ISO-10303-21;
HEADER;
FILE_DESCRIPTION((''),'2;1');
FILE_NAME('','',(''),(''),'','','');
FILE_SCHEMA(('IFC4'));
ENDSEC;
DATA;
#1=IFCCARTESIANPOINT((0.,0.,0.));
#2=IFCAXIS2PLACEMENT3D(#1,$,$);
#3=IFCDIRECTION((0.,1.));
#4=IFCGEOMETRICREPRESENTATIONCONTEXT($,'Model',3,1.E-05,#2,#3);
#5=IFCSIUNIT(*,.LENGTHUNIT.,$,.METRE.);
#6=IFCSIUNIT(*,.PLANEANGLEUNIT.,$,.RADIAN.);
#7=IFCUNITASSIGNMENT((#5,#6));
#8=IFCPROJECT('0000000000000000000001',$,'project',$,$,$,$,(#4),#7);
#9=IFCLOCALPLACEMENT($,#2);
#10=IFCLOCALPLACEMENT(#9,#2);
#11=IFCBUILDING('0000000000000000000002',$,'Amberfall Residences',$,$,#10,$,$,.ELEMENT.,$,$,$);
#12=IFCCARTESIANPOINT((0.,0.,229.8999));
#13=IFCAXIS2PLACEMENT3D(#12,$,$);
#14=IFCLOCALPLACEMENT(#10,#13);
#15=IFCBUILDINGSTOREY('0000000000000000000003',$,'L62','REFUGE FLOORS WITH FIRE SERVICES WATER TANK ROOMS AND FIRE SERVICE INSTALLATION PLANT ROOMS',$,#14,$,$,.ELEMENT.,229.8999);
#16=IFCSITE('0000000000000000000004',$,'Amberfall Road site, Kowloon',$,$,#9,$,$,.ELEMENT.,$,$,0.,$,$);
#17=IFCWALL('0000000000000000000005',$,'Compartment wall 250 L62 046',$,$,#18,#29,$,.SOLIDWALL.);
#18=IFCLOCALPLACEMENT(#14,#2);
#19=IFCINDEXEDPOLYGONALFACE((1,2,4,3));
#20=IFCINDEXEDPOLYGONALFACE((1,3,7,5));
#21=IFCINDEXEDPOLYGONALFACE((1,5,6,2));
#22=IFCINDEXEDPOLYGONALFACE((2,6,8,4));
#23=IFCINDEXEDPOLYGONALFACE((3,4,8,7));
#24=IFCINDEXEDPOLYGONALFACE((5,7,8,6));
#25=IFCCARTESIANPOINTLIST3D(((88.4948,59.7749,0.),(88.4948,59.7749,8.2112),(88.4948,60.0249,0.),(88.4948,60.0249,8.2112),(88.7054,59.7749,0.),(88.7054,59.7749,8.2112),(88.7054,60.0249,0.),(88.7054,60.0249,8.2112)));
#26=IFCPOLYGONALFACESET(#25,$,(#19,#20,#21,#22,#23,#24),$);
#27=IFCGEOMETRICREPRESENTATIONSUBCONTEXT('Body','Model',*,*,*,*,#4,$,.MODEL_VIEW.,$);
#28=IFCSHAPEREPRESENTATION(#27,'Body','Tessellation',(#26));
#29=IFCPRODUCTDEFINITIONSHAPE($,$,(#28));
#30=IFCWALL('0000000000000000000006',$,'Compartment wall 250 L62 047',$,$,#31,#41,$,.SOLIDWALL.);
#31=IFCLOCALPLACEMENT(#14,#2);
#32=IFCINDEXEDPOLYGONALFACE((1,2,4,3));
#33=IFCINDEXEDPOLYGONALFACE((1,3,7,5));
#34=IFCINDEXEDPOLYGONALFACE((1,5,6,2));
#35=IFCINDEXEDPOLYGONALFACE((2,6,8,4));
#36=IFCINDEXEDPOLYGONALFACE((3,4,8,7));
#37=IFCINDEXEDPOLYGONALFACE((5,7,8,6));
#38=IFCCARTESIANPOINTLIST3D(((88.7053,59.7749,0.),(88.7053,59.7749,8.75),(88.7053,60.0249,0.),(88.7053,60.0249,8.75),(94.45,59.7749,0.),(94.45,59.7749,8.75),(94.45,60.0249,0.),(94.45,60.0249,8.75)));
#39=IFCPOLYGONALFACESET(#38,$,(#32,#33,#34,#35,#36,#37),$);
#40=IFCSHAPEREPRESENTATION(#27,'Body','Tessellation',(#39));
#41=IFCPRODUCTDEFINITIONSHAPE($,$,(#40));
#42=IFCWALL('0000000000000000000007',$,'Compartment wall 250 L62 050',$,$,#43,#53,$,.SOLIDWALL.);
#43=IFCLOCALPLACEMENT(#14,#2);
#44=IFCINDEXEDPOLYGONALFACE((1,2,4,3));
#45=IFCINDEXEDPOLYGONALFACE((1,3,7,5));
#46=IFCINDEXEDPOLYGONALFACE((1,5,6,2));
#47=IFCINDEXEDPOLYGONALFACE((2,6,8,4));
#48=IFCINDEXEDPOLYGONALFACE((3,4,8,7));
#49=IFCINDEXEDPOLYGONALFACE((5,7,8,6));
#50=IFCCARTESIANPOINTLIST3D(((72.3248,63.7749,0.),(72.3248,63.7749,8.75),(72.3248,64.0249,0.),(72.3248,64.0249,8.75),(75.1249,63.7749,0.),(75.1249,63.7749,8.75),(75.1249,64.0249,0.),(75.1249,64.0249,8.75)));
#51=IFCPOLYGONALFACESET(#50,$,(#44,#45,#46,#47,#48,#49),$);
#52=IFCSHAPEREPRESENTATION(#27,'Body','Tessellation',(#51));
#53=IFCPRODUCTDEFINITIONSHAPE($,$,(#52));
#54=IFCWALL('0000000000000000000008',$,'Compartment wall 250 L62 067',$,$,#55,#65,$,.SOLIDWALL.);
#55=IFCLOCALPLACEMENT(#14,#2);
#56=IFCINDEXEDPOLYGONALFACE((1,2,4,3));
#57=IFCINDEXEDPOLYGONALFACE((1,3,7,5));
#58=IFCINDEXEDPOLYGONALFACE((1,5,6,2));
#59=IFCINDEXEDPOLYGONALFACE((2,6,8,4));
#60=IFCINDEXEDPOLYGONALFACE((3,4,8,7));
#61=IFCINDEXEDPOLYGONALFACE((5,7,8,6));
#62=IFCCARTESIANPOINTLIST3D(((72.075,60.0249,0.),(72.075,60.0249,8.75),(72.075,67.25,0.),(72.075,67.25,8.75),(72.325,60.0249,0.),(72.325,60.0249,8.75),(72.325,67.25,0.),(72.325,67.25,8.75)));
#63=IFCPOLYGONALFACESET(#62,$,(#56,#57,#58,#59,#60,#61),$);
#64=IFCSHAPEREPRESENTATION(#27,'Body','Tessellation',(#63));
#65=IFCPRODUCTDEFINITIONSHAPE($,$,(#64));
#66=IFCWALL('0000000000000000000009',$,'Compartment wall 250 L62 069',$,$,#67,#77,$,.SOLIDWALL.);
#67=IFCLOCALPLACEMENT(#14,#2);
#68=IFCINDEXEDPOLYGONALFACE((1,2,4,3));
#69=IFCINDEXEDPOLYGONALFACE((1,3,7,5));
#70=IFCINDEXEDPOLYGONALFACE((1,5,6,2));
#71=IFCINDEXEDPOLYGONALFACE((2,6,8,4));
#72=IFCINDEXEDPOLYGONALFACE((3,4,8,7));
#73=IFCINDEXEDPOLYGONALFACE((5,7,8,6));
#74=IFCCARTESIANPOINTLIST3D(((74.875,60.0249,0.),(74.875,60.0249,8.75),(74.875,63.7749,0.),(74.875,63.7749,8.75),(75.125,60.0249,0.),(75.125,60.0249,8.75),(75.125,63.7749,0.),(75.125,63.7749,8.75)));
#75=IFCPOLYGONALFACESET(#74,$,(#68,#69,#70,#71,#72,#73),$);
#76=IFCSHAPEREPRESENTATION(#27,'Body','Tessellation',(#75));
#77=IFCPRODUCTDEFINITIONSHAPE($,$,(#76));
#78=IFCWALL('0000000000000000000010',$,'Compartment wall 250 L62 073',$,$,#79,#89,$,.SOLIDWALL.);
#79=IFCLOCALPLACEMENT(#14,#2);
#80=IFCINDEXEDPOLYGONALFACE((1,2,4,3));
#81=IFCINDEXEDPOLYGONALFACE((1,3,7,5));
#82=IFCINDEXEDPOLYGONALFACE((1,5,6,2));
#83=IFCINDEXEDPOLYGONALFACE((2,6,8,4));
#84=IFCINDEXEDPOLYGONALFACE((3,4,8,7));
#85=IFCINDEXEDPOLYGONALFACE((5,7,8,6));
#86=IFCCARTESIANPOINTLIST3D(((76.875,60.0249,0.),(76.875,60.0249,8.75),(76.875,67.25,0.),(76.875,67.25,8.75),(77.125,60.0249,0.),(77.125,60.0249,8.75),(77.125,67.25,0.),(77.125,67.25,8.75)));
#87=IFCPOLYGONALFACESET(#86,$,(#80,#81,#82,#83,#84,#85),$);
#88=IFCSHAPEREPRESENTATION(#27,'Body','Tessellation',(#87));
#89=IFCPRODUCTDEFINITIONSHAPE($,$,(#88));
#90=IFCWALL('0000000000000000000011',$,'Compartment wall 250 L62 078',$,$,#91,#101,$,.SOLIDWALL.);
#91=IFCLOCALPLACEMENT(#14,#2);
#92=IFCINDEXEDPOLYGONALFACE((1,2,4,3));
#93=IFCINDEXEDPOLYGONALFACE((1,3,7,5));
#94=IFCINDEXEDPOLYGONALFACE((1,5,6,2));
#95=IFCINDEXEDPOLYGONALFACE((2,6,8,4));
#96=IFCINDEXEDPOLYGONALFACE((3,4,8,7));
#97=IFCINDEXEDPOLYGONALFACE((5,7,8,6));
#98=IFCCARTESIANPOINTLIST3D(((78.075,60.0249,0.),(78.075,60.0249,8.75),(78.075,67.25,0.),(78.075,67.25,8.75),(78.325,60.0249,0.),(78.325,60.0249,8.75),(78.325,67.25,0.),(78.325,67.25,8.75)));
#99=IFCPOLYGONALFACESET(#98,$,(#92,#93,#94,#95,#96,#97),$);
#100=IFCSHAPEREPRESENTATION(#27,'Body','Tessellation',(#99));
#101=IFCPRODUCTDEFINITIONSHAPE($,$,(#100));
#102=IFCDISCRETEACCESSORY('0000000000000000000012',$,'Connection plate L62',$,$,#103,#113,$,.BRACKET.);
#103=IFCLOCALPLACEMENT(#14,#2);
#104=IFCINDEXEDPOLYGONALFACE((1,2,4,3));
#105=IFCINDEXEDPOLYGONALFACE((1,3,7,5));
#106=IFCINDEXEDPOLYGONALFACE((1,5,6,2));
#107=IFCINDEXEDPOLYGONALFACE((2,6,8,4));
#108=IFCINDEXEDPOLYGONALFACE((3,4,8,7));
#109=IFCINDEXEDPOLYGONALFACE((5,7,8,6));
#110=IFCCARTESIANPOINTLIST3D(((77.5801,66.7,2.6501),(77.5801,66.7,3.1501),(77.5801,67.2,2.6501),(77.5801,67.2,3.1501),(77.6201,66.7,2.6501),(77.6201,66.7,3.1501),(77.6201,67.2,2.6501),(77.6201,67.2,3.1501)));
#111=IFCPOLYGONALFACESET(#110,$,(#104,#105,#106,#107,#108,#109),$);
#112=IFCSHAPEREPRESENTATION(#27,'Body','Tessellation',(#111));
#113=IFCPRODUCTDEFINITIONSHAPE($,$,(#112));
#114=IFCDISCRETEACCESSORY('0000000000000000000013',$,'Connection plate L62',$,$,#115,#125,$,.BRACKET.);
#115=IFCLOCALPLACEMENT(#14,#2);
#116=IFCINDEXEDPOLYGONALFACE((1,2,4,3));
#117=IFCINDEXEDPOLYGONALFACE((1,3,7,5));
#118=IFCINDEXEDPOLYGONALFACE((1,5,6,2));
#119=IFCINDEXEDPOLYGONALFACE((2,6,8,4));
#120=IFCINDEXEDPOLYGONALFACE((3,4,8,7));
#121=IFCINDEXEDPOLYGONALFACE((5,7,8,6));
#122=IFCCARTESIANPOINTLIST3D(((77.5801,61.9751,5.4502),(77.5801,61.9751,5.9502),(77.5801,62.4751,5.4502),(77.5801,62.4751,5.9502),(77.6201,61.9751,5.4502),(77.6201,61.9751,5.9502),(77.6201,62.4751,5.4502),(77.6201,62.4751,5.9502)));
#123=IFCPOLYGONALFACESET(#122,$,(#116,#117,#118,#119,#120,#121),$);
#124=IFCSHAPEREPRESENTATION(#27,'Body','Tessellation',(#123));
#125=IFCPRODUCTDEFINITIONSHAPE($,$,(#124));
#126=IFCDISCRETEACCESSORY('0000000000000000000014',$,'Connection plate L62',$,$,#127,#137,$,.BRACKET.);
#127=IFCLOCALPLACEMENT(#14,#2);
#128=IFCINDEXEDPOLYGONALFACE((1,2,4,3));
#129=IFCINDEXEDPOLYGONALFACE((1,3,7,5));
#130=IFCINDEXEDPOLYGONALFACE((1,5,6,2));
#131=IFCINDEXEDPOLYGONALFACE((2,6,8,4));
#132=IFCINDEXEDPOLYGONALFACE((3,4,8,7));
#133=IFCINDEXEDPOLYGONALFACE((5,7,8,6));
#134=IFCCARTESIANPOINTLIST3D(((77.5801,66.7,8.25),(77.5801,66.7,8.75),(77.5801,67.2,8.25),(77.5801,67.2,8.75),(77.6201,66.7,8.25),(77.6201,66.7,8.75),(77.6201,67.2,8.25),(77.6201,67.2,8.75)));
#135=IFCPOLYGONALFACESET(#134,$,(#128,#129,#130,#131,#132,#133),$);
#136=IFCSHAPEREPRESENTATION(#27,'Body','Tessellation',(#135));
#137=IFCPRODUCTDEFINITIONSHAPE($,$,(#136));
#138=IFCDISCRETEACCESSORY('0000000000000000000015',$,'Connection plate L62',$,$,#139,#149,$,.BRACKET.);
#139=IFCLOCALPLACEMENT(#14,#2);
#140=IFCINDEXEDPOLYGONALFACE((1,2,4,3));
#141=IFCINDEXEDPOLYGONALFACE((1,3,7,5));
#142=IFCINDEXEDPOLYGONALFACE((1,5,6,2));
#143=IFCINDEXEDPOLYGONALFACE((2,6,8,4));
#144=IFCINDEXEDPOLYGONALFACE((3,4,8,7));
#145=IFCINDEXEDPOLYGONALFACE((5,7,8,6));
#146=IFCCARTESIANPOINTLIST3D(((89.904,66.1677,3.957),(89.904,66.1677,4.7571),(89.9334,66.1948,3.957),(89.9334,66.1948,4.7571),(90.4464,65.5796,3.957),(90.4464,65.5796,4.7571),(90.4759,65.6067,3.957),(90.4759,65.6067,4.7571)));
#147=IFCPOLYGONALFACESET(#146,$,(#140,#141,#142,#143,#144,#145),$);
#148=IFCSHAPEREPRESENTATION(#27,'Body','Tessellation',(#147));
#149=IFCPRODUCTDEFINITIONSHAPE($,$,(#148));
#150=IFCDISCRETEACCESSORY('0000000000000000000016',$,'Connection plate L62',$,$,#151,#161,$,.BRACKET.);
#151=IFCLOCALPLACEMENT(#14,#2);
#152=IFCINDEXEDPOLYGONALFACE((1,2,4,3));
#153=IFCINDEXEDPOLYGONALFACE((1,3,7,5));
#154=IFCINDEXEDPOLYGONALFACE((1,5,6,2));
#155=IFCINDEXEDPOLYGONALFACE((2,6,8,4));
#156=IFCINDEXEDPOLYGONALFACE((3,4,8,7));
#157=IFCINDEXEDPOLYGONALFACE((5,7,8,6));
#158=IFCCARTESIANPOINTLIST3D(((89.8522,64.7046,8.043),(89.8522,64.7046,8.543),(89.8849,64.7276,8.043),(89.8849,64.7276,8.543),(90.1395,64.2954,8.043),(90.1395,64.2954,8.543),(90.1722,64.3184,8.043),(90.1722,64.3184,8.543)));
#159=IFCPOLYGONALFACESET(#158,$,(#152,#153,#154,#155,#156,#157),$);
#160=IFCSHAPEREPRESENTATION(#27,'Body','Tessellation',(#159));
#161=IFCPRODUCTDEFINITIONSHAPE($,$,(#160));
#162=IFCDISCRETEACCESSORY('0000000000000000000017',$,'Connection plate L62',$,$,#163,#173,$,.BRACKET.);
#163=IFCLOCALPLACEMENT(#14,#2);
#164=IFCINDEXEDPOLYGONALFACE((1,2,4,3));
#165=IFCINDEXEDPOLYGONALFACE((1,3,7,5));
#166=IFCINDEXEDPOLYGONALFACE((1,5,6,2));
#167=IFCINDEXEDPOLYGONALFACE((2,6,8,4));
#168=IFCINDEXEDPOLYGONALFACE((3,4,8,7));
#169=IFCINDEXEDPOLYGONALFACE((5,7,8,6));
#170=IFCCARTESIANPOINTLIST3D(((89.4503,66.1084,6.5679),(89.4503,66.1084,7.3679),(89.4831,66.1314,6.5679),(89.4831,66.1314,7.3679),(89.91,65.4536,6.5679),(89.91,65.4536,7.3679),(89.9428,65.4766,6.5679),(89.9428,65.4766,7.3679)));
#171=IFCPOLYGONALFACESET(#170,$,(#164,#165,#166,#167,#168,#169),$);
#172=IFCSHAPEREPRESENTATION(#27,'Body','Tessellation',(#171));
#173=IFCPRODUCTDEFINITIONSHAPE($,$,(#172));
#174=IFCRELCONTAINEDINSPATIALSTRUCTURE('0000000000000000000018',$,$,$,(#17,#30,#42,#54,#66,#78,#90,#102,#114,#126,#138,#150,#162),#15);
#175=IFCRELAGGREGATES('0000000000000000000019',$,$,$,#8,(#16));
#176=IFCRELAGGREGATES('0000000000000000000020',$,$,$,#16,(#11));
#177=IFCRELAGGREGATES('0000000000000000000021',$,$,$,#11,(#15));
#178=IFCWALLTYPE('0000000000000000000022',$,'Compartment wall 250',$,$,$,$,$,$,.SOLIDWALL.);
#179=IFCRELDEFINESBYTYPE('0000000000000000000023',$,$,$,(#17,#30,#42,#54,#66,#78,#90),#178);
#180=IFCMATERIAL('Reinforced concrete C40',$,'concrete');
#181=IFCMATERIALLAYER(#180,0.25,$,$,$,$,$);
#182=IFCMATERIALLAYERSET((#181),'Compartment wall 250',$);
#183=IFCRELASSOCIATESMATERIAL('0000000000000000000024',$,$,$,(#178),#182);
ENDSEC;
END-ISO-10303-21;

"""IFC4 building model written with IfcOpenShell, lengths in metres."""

from ifc_helpers import new_model, si_unit, direction, frame, frame_2d, origin, origin_2d, place, context, subcontext, project, spatial, rectangle, extrude, material, layer, layer_set, type_object, element, save


model = new_model("IFC4")

# Units and contexts
model_context = context("Model", 3, precision=1e-05, world=origin(), true_north=direction((0.0, 1.0)))
body_context = subcontext(model_context, "Body", "Model", "MODEL_VIEW")
ifc_project = project(units=[si_unit("LENGTHUNIT", "METRE"), si_unit("PLANEANGLEUNIT", "RADIAN")], contexts=[model_context])

# Site, building, storey
site_placement = place(None, origin())
site = spatial("IfcSite", under=ifc_project, at=site_placement, Name="Amberfall Road site, Kowloon", CompositionType="ELEMENT", RefElevation=0.0)
building_placement = place(site_placement, origin())
building = spatial("IfcBuilding", under=site, at=building_placement, Name="Amberfall Residences", CompositionType="ELEMENT")
storey_placement = place(building_placement, frame((0.0, 0.0, 229.8999)))
storey = spatial("IfcBuildingStorey", under=building, at=storey_placement, Name="L62", Description="REFUGE FLOORS WITH FIRE SERVICES WATER TANK ROOMS AND FIRE SERVICE INSTALLATION PLANT ROOMS", CompositionType="ELEMENT", Elevation=229.8999)

# Shared definitions
ifc_material_1 = material(Name="Reinforced concrete C40", Category="concrete")
ifc_layer = layer(ifc_material_1, 0.25)
ifc_layer_set = layer_set([ifc_layer], Name="Compartment wall 250")
wall_type = type_object("IfcWallType", Name="Compartment wall 250", PredefinedType="SOLIDWALL", material=ifc_layer_set)

# Walls
wall_1_placement = place(storey_placement, frame((88.4946, 59.8999, 0.0), z_axis=(0.0, 0.0, 1.0), x_axis=(1.0, 0.0, 0.0)))
element("IfcWall", 1, at=wall_1_placement, inside=storey, type_object=wall_type, Name="Compartment wall 250 L62 046", PredefinedType="SOLIDWALL", context=body_context, shape_type="SweptSolid", body=[
    extrude(rectangle(XDim=0.2107, YDim=0.25, at=frame_2d((0.1055, 0.0))), origin(), (0.0, 0.0, 1.0), 8.2112),
])
wall_2_placement = place(storey_placement, frame((88.7053, 59.8999, 0.0), z_axis=(0.0, 0.0, 1.0), x_axis=(1.0, 0.0, 0.0)))
element("IfcWall", 2, at=wall_2_placement, inside=storey, type_object=wall_type, Name="Compartment wall 250 L62 047", PredefinedType="SOLIDWALL", context=body_context, shape_type="SweptSolid", body=[
    extrude(rectangle(XDim=5.7446, YDim=0.25, at=frame_2d((2.8723, 0.0))), origin(), (0.0, 0.0, 1.0), 8.75),
])
wall_3_placement = place(storey_placement, frame((72.325, 63.8999, 0.0), z_axis=(0.0, 0.0, 1.0), x_axis=(1.0, 0.0, 0.0)))
element("IfcWall", 3, at=wall_3_placement, inside=storey, type_object=wall_type, Name="Compartment wall 250 L62 050", PredefinedType="SOLIDWALL", context=body_context, shape_type="SweptSolid", body=[
    extrude(rectangle(XDim=2.8, YDim=0.25, at=frame_2d((1.3999, 0.0))), origin(), (0.0, 0.0, 1.0), 8.75),
])
wall_4_placement = place(storey_placement, frame((72.2, 60.0249, 0.0), z_axis=(0.0, 0.0, 1.0), x_axis=(0.0, 1.0, 0.0)))
element("IfcWall", 4, at=wall_4_placement, inside=storey, type_object=wall_type, Name="Compartment wall 250 L62 067", PredefinedType="SOLIDWALL", context=body_context, shape_type="SweptSolid", body=[
    extrude(rectangle(XDim=7.2251, YDim=0.25, at=frame_2d((3.6125, 0.0))), origin(), (0.0, 0.0, 1.0), 8.75),
])
wall_5_placement = place(storey_placement, frame((75.0, 60.0249, 0.0), z_axis=(0.0, 0.0, 1.0), x_axis=(0.0, 1.0, 0.0)))
element("IfcWall", 5, at=wall_5_placement, inside=storey, type_object=wall_type, Name="Compartment wall 250 L62 069", PredefinedType="SOLIDWALL", context=body_context, shape_type="SweptSolid", body=[
    extrude(rectangle(XDim=3.75, YDim=0.25, at=frame_2d((1.875, 0.0))), origin(), (0.0, 0.0, 1.0), 8.75),
])
for number, where, z_axis, x_axis, name in (
    (6, (77.0, 60.0249, 0.0), (0.0, 0.0, 1.0), (0.0, 1.0, 0.0), "Compartment wall 250 L62 073"),
    (7, (78.2, 60.0249, 0.0), (0.0, 0.0, 1.0), (0.0, 1.0, 0.0), "Compartment wall 250 L62 078"),
):
    element("IfcWall", number, at=place(storey_placement, frame(where, z_axis=z_axis, x_axis=x_axis)), inside=storey, type_object=wall_type, Name=name, PredefinedType="SOLIDWALL", context=body_context, shape_type="SweptSolid", body=[
        extrude(rectangle(XDim=7.2251, YDim=0.25, at=frame_2d((3.6125, 0.0))), origin(), (0.0, 0.0, 1.0), 8.75),
    ])

# Discrete accessories
for number, where, z_axis, x_axis, name in (
    (8, (77.6001, 66.95, 2.6501), (0.0, 0.0, 1.0), (0.0, 1.0, 0.0), "Connection plate L62"),
    (9, (77.6001, 62.2251, 5.4502), (0.0, 0.0, 1.0), (0.0, 1.0, 0.0), "Connection plate L62"),
    (10, (77.6001, 66.95, 8.25), (0.0, 0.0, 1.0), (0.0, 1.0, 0.0), "Connection plate L62"),
):
    element("IfcDiscreteAccessory", number, at=place(storey_placement, frame(where, z_axis=z_axis, x_axis=x_axis)), inside=storey, Name=name, PredefinedType="BRACKET", context=body_context, shape_type="SweptSolid", body=[
        extrude(rectangle(XDim=0.5, YDim=0.04, at=origin_2d()), origin(), (0.0, 0.0, 1.0), 0.5),
    ])
discrete_accessory_1_placement = place(storey_placement, frame((90.1899, 65.8872, 3.957), z_axis=(0.0, 0.0, 1.0), x_axis=(-0.677993, 0.735068, 0.0)))
element("IfcDiscreteAccessory", 11, at=discrete_accessory_1_placement, inside=storey, Name="Connection plate L62", PredefinedType="BRACKET", context=body_context, shape_type="SweptSolid", body=[
    extrude(rectangle(XDim=0.8, YDim=0.04, at=origin_2d()), origin(), (0.0, 0.0, 1.0), 0.8),
])
discrete_accessory_2_placement = place(storey_placement, frame((90.0122, 64.5115, 8.043), z_axis=(0.0, 0.0, 1.0), x_axis=(-0.574591, 0.818441, 0.0)))
element("IfcDiscreteAccessory", 12, at=discrete_accessory_2_placement, inside=storey, Name="Connection plate L62", PredefinedType="BRACKET", context=body_context, shape_type="SweptSolid", body=[
    extrude(rectangle(XDim=0.5, YDim=0.04, at=origin_2d()), origin(), (0.0, 0.0, 1.0), 0.5),
])
discrete_accessory_3_placement = place(storey_placement, frame((89.6965, 65.7925, 6.5679), z_axis=(0.0, 0.0, 1.0), x_axis=(-0.574591, 0.818441, 0.0)))
element("IfcDiscreteAccessory", 13, at=discrete_accessory_3_placement, inside=storey, Name="Connection plate L62", PredefinedType="BRACKET", context=body_context, shape_type="SweptSolid", body=[
    extrude(rectangle(XDim=0.8, YDim=0.04, at=origin_2d()), origin(), (0.0, 0.0, 1.0), 0.8),
])

save(model, "model.ifc")
